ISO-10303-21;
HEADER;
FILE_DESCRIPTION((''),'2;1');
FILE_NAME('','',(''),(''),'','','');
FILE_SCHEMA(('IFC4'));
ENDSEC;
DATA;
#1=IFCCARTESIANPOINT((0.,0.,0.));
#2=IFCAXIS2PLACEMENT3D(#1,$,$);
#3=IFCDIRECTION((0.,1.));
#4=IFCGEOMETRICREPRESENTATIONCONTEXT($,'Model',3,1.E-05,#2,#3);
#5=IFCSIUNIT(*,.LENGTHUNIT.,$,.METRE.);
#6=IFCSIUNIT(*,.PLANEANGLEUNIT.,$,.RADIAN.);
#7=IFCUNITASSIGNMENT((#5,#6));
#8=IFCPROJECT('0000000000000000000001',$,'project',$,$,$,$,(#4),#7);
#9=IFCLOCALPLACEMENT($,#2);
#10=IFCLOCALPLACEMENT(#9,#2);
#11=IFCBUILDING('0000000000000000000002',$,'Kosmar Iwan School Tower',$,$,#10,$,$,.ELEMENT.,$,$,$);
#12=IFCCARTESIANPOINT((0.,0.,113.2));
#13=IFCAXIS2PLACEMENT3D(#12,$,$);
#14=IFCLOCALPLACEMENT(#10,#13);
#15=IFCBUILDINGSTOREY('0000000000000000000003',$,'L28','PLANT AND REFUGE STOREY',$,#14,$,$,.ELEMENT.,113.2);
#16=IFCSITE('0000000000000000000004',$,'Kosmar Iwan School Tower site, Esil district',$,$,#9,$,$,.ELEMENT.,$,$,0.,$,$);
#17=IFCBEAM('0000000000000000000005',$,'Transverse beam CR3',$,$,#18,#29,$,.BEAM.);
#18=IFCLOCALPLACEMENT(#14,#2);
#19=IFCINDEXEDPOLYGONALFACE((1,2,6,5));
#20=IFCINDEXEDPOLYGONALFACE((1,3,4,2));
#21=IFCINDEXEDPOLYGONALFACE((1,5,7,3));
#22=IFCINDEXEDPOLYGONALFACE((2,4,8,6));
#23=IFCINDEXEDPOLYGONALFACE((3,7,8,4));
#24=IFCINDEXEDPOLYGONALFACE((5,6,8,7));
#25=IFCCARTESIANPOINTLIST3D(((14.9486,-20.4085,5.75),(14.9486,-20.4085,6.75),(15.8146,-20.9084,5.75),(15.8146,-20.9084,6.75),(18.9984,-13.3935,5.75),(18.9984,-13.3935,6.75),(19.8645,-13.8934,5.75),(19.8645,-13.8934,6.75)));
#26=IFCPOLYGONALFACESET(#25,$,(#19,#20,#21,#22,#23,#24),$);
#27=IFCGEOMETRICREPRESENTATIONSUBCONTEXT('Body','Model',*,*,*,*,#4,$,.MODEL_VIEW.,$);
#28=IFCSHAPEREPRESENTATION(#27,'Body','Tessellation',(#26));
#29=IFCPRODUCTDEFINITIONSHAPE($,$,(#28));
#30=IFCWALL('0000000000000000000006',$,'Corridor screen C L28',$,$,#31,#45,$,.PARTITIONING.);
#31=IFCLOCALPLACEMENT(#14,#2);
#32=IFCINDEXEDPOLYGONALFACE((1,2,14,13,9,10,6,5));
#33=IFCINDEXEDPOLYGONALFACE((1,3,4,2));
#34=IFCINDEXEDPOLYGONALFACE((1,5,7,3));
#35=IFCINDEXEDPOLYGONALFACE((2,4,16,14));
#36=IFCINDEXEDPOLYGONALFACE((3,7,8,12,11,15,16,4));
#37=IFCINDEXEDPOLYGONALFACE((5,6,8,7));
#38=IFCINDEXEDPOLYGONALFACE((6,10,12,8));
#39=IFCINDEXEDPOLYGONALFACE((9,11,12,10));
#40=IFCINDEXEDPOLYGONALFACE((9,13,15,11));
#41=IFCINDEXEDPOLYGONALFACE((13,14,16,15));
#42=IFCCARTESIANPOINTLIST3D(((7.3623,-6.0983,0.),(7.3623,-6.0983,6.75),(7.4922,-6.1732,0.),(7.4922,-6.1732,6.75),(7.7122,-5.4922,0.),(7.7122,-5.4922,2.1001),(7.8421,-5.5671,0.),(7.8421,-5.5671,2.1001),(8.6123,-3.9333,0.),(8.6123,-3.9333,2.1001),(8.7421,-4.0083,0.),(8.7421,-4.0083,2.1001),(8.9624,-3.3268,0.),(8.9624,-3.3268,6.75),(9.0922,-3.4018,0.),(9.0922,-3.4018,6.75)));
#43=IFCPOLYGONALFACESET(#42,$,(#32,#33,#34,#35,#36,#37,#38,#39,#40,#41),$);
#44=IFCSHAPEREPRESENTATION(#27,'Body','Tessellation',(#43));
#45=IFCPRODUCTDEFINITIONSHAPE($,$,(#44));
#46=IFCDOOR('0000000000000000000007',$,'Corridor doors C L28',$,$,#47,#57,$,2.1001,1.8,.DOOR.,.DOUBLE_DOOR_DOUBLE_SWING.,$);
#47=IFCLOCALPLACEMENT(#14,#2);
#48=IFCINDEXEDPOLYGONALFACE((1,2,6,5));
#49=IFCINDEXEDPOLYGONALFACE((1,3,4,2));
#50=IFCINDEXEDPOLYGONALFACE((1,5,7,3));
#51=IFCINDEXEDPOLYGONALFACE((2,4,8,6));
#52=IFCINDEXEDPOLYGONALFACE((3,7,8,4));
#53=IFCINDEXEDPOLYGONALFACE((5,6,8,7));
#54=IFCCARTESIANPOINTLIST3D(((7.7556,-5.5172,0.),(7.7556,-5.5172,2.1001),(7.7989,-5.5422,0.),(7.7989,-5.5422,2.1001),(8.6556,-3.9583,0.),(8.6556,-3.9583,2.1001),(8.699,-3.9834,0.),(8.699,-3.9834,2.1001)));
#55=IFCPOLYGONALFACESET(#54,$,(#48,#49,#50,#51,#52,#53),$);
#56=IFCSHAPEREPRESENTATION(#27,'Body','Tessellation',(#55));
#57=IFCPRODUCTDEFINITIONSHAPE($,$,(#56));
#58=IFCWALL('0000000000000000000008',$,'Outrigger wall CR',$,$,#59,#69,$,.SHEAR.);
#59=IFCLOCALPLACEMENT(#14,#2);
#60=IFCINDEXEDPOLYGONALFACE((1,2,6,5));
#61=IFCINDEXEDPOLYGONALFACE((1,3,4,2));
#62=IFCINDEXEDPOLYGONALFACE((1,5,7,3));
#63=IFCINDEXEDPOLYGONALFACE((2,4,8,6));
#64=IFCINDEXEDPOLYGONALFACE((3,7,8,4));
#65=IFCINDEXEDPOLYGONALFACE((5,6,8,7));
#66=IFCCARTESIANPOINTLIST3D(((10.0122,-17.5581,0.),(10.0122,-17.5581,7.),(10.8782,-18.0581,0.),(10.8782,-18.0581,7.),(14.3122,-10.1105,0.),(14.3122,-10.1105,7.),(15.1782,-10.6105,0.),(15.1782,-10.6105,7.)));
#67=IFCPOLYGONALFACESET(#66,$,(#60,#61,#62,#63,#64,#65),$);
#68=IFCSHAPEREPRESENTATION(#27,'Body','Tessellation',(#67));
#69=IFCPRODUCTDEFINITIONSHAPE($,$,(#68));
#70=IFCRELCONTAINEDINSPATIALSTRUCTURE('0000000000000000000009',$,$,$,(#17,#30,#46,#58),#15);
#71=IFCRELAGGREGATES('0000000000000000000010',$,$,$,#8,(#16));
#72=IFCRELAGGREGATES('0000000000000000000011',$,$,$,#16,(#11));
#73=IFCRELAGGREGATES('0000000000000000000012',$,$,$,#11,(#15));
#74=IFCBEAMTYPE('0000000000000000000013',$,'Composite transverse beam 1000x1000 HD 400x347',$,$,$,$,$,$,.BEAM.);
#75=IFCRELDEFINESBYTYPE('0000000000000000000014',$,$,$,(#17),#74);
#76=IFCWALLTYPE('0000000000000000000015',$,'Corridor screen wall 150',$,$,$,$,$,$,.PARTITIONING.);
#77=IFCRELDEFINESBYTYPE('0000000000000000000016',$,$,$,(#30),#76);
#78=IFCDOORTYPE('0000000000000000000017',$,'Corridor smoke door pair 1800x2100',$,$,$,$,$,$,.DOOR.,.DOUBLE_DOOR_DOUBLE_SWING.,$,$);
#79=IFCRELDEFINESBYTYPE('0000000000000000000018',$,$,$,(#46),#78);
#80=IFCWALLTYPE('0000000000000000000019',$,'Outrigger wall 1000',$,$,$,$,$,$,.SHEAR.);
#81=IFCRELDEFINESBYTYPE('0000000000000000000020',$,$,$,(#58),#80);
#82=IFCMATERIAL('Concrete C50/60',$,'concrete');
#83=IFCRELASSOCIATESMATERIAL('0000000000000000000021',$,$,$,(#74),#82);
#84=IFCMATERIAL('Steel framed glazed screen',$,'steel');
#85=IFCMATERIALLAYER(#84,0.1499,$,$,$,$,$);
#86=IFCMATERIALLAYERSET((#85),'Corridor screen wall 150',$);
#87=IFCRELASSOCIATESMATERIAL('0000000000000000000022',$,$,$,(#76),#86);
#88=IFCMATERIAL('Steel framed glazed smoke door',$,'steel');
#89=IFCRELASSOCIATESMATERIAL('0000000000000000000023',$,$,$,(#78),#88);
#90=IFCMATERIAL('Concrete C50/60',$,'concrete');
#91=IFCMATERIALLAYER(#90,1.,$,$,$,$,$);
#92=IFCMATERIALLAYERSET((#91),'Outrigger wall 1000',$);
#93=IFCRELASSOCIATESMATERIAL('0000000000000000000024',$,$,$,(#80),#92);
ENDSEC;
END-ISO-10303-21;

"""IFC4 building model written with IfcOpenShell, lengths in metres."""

from ifc_helpers import new_model, si_unit, direction, frame, frame_2d, origin, origin_2d, place, context, subcontext, project, spatial, rectangle, extrude, material, layer, layer_set, material_profile, profile_set, type_object, element, fill, save


model = new_model("IFC4")

# Units and contexts
model_context = context("Model", 3, precision=1e-05, world=origin(), true_north=direction((0.0, 1.0)))
body_context = subcontext(model_context, "Body", "Model", "MODEL_VIEW")
ifc_project = project(units=[si_unit("LENGTHUNIT", "METRE"), si_unit("PLANEANGLEUNIT", "RADIAN")], contexts=[model_context])

# Site, building, storey
site_placement = place(None, origin())
site = spatial("IfcSite", under=ifc_project, at=site_placement, Name="Kosmar Iwan School Tower site, Esil district", CompositionType="ELEMENT", RefElevation=0.0)
building_placement = place(site_placement, origin())
building = spatial("IfcBuilding", under=site, at=building_placement, Name="Kosmar Iwan School Tower", CompositionType="ELEMENT")
storey_placement = place(building_placement, frame((0.0, 0.0, 113.2)))
storey = spatial("IfcBuildingStorey", under=building, at=storey_placement, Name="L28", Description="PLANT AND REFUGE STOREY", CompositionType="ELEMENT", Elevation=113.2)

# Beam
ifc_material_1 = material(Name="Concrete C50/60", Category="concrete")
ifc_material_profile_1 = material_profile(ifc_material_1, rectangle(XDim=1.0, YDim=1.0, at=origin_2d()), Name="RC 1000x1000 + HD 400x347")
ifc_profile_set_1 = profile_set([ifc_material_profile_1], Name="Concrete C50/60")
beam_type_1 = type_object("IfcBeamType", Name="Composite transverse beam 1000x1000 HD 400x347", PredefinedType="BEAM", material=ifc_profile_set_1)
beam_1_placement = place(storey_placement, frame((15.3816, -20.6584, 6.25), z_axis=(0.499977, 0.866039, 0.0), x_axis=(-0.866039, 0.499977, 0.0)))
element("IfcBeam", 1, at=beam_1_placement, inside=storey, type_object=beam_type_1, Name="Transverse beam CR3", PredefinedType="BEAM", context=body_context, shape_type="SweptSolid", body=[
    extrude(rectangle(XDim=1.0, YDim=1.0, at=origin_2d()), origin(), (0.0, 0.0, 1.0), 8.1001),
])

# Wall, opening, door
ifc_material_2 = material(Name="Steel framed glazed screen", Category="steel")
ifc_layer_1 = layer(ifc_material_2, 0.1499)
ifc_layer_set_1 = layer_set([ifc_layer_1], Name="Corridor screen wall 150")
wall_type_1 = type_object("IfcWallType", Name="Corridor screen wall 150", PredefinedType="PARTITIONING", material=ifc_layer_set_1)
wall_1_placement = place(storey_placement, frame((7.4272, -6.1357, 0.0), z_axis=(0.0, 0.0, 1.0), x_axis=(0.499995, 0.866028, 0.0)))
wall_1 = element("IfcWall", 2, at=wall_1_placement, inside=storey, type_object=wall_type_1, Name="Corridor screen C L28", PredefinedType="PARTITIONING", context=body_context, shape_type="SweptSolid", body=[
    extrude(rectangle(XDim=3.2002, YDim=0.1499, at=frame_2d((1.6001, 0.0))), origin(), (0.0, 0.0, 1.0), 6.75),
])
opening_1_placement = place(wall_1_placement, frame((0.7, 0.0, 0.0)))
opening_1 = element("IfcOpeningElement", 3, at=opening_1_placement, cuts=wall_1, PredefinedType="OPENING", context=body_context, shape_type="SweptSolid", body=[
    extrude(rectangle(XDim=1.8, YDim=2.1001, at=frame_2d((0.8999, 1.05))), frame((0.0, 0.0869, 0.0), z_axis=(0.0, -1.0, 0.0), x_axis=(1.0, 0.0, 0.0)), (0.0, 0.0, 1.0), 0.1738),
])
ifc_material_3 = material(Name="Steel framed glazed smoke door", Category="steel")
door_type_1 = type_object("IfcDoorType", Name="Corridor smoke door pair 1800x2100", OperationType="DOUBLE_DOOR_DOUBLE_SWING", PredefinedType="DOOR", material=ifc_material_3)
door_1_placement = place(opening_1_placement, origin())
door_1 = element("IfcDoor", 4, at=door_1_placement, inside=storey, type_object=door_type_1, Name="Corridor doors C L28", OperationType="DOUBLE_DOOR_DOUBLE_SWING", OverallHeight=2.1001, OverallWidth=1.8, PredefinedType="DOOR", context=body_context, shape_type="SweptSolid", body=[
    extrude(rectangle(XDim=1.8, YDim=2.1001, at=frame_2d((0.8999, 1.05))), frame((0.0, 0.0249, 0.0), z_axis=(0.0, -1.0, 0.0), x_axis=(1.0, 0.0, 0.0)), (0.0, 0.0, 1.0), 0.05),
])
fill(opening_1, door_1)

# Wall
ifc_material_4 = material(Name="Concrete C50/60", Category="concrete")
ifc_layer_2 = layer(ifc_material_4, 1.0)
ifc_layer_set_2 = layer_set([ifc_layer_2], Name="Outrigger wall 1000")
wall_type_2 = type_object("IfcWallType", Name="Outrigger wall 1000", PredefinedType="SHEAR", material=ifc_layer_set_2)
wall_2_placement = place(storey_placement, frame((14.7451, -10.3606, 0.0), z_axis=(0.0, 0.0, 1.0), x_axis=(-0.500008, -0.866021, 0.0)))
element("IfcWall", 5, at=wall_2_placement, inside=storey, type_object=wall_type_2, Name="Outrigger wall CR", PredefinedType="SHEAR", context=body_context, shape_type="SweptSolid", body=[
    extrude(rectangle(XDim=8.5999, YDim=1.0, at=frame_2d((4.2998, 0.0))), origin(), (0.0, 0.0, 1.0), 7.0),
])

save(model, "model.ifc")
